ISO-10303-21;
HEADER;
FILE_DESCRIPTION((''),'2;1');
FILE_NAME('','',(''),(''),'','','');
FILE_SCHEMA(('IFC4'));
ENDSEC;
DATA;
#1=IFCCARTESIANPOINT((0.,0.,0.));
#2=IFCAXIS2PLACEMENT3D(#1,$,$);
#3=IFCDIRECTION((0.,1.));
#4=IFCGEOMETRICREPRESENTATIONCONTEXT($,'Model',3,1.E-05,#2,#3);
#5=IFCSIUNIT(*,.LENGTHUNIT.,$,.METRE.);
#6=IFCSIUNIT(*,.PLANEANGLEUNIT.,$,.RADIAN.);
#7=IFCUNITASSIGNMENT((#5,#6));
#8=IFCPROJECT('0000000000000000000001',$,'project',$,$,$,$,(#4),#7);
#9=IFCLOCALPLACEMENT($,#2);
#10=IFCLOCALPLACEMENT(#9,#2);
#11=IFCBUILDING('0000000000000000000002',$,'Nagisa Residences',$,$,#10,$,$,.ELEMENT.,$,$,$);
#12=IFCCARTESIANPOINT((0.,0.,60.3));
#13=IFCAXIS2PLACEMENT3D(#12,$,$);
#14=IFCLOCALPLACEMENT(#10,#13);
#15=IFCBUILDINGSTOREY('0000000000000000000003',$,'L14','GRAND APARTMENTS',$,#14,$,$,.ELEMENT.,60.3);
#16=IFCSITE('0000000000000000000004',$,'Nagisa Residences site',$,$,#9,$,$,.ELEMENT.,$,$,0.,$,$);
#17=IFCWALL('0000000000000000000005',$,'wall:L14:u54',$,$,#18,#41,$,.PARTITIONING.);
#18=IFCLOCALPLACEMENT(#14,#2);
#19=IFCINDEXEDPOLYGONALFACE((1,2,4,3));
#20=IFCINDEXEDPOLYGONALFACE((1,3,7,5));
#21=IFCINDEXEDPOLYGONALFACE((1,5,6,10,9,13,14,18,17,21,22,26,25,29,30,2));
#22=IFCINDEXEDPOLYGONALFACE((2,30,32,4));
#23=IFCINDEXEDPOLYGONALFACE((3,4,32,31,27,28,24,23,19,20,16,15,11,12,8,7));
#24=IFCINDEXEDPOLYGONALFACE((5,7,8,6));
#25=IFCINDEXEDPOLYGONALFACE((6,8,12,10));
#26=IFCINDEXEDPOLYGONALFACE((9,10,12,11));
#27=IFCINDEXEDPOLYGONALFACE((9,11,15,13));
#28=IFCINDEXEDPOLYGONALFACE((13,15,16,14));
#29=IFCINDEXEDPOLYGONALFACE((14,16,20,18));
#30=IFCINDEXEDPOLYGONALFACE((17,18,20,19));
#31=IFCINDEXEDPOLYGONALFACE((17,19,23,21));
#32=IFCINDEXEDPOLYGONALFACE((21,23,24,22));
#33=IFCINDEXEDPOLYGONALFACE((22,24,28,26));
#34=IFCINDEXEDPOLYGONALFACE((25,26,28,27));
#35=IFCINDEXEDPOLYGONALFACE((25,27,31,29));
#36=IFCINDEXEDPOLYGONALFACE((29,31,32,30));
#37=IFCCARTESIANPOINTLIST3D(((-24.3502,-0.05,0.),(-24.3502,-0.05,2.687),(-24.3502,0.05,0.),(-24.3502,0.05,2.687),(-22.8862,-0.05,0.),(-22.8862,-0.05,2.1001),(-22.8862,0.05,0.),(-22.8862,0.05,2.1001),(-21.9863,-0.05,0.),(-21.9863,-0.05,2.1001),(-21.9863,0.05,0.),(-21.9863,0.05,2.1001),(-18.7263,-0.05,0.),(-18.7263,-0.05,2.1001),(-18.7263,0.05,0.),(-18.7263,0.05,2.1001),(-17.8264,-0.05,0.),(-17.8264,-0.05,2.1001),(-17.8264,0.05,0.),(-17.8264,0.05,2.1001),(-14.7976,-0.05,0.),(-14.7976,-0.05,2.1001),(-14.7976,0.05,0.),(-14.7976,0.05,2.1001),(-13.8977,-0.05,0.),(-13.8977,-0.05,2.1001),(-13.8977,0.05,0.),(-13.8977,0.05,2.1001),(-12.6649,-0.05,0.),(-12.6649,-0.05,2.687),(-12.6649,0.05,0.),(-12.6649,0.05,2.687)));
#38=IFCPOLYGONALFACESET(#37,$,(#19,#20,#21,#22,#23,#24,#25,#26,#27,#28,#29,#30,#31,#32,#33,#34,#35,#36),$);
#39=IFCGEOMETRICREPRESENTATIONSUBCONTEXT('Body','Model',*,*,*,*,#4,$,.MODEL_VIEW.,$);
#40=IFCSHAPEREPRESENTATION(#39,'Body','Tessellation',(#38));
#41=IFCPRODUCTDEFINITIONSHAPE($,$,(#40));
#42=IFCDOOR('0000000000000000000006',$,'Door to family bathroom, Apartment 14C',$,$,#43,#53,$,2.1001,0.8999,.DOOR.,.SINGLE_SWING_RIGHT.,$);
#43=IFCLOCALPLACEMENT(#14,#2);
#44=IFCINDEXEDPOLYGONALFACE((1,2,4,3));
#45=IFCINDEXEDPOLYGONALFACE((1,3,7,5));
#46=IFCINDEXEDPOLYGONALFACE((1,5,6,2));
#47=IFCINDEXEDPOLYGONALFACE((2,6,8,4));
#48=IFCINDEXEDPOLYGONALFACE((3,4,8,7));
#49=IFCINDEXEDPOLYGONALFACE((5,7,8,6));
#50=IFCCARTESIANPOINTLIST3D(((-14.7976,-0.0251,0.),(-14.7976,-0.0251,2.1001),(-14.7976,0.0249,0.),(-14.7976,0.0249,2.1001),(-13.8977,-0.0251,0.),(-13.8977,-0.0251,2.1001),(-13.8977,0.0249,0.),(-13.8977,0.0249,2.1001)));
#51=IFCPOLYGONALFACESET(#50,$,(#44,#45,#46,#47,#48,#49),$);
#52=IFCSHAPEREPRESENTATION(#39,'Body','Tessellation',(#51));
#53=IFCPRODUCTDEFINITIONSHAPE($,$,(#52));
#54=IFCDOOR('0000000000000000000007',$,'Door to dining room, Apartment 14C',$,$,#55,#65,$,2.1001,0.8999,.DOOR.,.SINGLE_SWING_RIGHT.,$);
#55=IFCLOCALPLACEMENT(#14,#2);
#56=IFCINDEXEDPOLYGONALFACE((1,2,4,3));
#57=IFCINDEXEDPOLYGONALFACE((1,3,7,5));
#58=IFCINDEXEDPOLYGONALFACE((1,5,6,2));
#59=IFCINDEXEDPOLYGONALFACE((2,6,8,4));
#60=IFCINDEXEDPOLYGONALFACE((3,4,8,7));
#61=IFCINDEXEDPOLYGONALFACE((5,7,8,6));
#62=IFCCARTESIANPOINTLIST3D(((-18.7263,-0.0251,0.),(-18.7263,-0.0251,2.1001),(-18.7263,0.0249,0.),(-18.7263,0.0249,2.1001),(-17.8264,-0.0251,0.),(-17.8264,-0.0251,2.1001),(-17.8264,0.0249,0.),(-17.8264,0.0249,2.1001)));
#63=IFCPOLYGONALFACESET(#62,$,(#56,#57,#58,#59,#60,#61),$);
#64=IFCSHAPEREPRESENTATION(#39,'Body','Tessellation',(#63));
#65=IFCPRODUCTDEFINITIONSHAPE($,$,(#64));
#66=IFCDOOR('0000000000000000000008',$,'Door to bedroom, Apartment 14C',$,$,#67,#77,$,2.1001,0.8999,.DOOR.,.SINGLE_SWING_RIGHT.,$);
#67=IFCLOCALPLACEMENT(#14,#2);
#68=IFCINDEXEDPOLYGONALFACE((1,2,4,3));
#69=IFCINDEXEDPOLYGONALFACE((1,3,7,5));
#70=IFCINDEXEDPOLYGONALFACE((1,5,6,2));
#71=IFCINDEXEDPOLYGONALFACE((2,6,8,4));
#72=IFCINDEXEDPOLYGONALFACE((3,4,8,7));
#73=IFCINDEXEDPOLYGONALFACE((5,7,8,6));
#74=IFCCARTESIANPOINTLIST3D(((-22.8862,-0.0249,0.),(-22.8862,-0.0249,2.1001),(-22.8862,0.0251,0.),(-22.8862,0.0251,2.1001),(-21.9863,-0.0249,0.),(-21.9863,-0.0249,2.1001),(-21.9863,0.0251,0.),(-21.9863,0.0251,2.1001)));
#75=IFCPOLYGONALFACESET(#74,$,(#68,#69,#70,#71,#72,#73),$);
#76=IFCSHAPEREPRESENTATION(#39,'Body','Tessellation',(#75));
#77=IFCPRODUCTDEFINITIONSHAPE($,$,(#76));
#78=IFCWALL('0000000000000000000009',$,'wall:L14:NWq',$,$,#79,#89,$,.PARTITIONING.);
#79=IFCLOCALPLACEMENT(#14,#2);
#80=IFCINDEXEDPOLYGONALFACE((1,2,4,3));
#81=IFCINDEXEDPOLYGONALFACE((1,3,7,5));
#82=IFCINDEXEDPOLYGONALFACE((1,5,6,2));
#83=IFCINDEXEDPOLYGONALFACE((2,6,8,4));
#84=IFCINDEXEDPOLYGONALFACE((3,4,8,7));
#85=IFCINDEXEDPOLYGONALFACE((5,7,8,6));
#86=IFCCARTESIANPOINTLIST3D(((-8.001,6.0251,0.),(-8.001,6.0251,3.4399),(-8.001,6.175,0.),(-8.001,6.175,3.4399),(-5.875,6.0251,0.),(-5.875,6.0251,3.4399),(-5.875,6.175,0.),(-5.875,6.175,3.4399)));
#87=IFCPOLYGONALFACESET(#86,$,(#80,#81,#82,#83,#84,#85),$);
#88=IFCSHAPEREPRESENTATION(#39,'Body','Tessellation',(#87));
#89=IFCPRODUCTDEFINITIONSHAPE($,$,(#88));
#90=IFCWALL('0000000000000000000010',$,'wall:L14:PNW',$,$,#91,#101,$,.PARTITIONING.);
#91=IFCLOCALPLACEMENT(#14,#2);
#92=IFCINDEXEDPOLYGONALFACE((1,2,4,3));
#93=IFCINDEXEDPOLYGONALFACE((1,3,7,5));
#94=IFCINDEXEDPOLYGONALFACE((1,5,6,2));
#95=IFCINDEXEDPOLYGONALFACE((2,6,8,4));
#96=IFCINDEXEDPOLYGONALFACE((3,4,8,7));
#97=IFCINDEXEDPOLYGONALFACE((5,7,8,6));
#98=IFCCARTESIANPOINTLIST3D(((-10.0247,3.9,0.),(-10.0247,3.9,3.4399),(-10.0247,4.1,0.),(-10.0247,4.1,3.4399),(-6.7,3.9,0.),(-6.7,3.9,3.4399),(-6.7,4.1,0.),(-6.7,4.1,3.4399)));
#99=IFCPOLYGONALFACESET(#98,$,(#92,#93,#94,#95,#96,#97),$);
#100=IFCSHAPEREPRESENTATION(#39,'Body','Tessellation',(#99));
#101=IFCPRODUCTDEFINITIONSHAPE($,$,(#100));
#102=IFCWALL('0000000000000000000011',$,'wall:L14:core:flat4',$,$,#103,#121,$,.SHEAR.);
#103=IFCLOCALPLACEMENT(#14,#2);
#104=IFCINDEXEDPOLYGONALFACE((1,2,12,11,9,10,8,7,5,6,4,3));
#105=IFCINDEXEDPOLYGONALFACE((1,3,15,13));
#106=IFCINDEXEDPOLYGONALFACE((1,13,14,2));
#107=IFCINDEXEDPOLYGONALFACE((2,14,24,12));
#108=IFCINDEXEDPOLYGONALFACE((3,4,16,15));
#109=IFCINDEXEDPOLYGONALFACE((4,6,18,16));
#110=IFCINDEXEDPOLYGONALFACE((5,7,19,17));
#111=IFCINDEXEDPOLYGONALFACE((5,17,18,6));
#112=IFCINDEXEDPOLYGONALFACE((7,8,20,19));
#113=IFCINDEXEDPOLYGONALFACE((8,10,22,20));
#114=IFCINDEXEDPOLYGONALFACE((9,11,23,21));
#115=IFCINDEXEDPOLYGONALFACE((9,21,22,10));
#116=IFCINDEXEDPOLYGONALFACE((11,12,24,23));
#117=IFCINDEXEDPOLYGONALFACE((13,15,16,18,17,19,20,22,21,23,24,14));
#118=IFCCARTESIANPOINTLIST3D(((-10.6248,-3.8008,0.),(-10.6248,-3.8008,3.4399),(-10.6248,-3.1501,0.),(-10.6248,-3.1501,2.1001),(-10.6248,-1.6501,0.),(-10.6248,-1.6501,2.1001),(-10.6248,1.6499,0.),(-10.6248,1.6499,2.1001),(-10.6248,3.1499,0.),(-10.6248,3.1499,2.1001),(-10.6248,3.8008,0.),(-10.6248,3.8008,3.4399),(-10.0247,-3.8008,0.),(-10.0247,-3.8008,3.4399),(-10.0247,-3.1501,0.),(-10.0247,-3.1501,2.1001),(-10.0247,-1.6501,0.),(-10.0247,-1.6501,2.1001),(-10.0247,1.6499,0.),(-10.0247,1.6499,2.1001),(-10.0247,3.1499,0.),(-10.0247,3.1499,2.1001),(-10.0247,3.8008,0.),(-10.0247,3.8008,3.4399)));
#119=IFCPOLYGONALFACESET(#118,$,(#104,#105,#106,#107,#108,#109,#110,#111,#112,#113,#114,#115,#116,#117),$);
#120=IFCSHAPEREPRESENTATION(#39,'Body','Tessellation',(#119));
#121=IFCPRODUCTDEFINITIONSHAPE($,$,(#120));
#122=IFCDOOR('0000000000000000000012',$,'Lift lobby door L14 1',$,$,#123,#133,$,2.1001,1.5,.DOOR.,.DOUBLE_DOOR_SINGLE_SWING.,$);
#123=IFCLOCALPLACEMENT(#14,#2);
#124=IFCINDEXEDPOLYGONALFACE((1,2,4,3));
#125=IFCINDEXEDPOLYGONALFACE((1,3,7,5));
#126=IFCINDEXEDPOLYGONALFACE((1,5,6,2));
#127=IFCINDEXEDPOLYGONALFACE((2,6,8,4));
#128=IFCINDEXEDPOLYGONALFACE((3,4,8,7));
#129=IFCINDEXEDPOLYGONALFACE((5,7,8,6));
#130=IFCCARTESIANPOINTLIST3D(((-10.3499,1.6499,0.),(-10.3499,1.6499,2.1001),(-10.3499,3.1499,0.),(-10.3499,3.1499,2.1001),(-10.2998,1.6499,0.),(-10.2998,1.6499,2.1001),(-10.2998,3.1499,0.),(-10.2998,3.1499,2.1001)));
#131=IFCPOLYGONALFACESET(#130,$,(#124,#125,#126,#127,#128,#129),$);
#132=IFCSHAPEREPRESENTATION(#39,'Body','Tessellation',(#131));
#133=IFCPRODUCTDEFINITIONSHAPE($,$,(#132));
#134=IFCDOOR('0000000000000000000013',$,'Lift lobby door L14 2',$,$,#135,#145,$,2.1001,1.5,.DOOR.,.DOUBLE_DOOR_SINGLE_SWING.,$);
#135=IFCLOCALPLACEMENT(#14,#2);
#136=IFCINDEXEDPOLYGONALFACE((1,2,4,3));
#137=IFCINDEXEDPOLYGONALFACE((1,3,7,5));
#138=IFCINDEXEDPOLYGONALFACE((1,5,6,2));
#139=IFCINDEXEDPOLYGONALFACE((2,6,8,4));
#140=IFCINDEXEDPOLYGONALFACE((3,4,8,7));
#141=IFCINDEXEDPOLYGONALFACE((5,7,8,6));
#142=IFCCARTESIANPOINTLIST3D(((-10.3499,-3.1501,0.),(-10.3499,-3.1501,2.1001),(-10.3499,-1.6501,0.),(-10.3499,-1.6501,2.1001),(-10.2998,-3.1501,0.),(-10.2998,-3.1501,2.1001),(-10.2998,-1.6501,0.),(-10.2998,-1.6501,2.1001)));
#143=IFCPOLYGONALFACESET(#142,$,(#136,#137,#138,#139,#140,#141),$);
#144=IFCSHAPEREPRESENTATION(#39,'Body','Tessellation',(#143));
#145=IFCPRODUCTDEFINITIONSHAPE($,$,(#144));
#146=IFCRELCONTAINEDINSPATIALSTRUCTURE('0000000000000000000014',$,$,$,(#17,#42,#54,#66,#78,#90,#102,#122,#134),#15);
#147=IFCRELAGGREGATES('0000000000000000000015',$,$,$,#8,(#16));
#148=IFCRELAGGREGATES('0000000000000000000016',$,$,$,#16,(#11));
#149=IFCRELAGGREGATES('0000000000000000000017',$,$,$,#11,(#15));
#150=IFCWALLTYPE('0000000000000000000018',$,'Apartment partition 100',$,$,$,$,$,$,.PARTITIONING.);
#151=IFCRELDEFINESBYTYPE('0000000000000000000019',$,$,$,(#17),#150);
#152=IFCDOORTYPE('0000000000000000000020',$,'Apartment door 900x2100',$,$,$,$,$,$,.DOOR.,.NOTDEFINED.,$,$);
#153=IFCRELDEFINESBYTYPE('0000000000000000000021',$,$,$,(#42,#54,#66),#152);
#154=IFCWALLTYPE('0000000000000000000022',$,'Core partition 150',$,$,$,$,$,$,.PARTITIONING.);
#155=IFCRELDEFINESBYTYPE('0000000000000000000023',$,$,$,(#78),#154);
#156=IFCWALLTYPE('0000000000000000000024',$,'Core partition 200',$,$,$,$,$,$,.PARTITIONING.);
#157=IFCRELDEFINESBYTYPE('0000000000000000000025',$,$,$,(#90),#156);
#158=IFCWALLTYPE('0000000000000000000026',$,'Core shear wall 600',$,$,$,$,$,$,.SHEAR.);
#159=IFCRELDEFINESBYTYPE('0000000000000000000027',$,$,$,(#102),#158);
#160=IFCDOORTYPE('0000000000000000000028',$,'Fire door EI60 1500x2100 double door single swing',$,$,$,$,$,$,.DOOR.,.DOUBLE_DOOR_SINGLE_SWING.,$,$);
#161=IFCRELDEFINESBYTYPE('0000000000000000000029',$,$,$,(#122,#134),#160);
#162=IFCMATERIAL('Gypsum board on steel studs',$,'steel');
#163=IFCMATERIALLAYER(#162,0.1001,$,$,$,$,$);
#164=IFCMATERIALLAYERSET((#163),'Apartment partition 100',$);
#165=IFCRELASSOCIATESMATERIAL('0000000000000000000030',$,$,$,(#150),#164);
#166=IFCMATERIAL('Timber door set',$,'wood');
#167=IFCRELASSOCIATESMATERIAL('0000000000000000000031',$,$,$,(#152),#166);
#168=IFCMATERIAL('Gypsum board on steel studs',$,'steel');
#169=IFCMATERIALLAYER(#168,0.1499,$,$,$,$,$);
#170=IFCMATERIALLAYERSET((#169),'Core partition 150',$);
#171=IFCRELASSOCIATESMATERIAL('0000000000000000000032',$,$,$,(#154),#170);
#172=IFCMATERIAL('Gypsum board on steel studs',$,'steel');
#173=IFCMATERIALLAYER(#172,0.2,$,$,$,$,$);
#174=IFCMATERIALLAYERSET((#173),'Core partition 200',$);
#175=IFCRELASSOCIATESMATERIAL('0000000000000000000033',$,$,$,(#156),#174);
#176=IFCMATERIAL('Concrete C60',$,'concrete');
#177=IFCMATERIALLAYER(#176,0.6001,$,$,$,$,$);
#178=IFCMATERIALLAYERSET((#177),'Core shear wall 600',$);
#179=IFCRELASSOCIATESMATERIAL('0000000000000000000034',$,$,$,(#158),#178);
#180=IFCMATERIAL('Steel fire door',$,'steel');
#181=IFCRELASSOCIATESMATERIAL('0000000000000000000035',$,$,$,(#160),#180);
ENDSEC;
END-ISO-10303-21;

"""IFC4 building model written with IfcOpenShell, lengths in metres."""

from ifc_helpers import new_model, si_unit, direction, frame, frame_2d, origin, place, context, subcontext, project, spatial, rectangle, extrude, material, layer, layer_set, type_object, element, fill, save


model = new_model("IFC4")

# Units and contexts
model_context = context("Model", 3, precision=1e-05, world=origin(), true_north=direction((0.0, 1.0)))
body_context = subcontext(model_context, "Body", "Model", "MODEL_VIEW")
ifc_project = project(units=[si_unit("LENGTHUNIT", "METRE"), si_unit("PLANEANGLEUNIT", "RADIAN")], contexts=[model_context])

# Site, building, storey
site_placement = place(None, origin())
site = spatial("IfcSite", under=ifc_project, at=site_placement, Name="Nagisa Residences site", CompositionType="ELEMENT", RefElevation=0.0)
building_placement = place(site_placement, origin())
building = spatial("IfcBuilding", under=site, at=building_placement, Name="Nagisa Residences", CompositionType="ELEMENT")
storey_placement = place(building_placement, frame((0.0, 0.0, 60.3)))
storey = spatial("IfcBuildingStorey", under=building, at=storey_placement, Name="L14", Description="GRAND APARTMENTS", CompositionType="ELEMENT", Elevation=60.3)

# Shared definitions
ifc_material_1 = material(Name="Gypsum board on steel studs", Category="steel")
ifc_layer_1 = layer(ifc_material_1, 0.1001)
ifc_layer_set_1 = layer_set([ifc_layer_1], Name="Apartment partition 100")
wall_type_1 = type_object("IfcWallType", Name="Apartment partition 100", PredefinedType="PARTITIONING", material=ifc_layer_set_1)
ifc_material_2 = material(Name="Timber door set", Category="wood")
door_type_1 = type_object("IfcDoorType", Name="Apartment door 900x2100", OperationType="NOTDEFINED", PredefinedType="DOOR", material=ifc_material_2)

# Wall, openings, doors
wall_1_placement = place(storey_placement, frame((-12.6648, 0.0, 0.0), z_axis=(0.0, 0.0, 1.0), x_axis=(-1.0, 0.0, 0.0)))
wall_1 = element("IfcWall", 1, at=wall_1_placement, inside=storey, type_object=wall_type_1, Name="wall:L14:u54", PredefinedType="PARTITIONING", context=body_context, shape_type="SweptSolid", body=[
    extrude(rectangle(XDim=11.6853, YDim=0.1001, at=frame_2d((5.8428, 0.0))), origin(), (0.0, 0.0, 1.0), 2.687),
])
opening_1_placement = place(wall_1_placement, frame((1.2329, 0.0, 0.0)))
opening_1 = element("IfcOpeningElement", 2, at=opening_1_placement, cuts=wall_1, PredefinedType="OPENING", context=body_context, shape_type="SweptSolid", body=[
    extrude(rectangle(XDim=0.8999, YDim=2.1001, at=frame_2d((0.45, 1.05))), frame((0.0, 0.0601, 0.0), z_axis=(0.0, -1.0, 0.0), x_axis=(1.0, 0.0, 0.0)), (0.0, 0.0, 1.0), 0.1201),
])
opening_2_placement = place(wall_1_placement, frame((5.1616, 0.0, 0.0)))
opening_2 = element("IfcOpeningElement", 3, at=opening_2_placement, cuts=wall_1, PredefinedType="OPENING", context=body_context, shape_type="SweptSolid", body=[
    extrude(rectangle(XDim=0.8999, YDim=2.1001, at=frame_2d((0.45, 1.05))), frame((0.0, 0.0601, 0.0), z_axis=(0.0, -1.0, 0.0), x_axis=(1.0, 0.0, 0.0)), (0.0, 0.0, 1.0), 0.1201),
])
opening_3_placement = place(wall_1_placement, frame((9.3215, 0.0, 0.0)))
opening_3 = element("IfcOpeningElement", 4, at=opening_3_placement, cuts=wall_1, PredefinedType="OPENING", context=body_context, shape_type="SweptSolid", body=[
    extrude(rectangle(XDim=0.8999, YDim=2.1001, at=frame_2d((0.45, 1.05))), frame((0.0, 0.0601, 0.0), z_axis=(0.0, -1.0, 0.0), x_axis=(1.0, 0.0, 0.0)), (0.0, 0.0, 1.0), 0.1201),
])
door_1_placement = place(opening_1_placement, frame((0.8999, 0.0, 0.0), x_axis=(-1.0, 0.0, 0.0)))
door_1 = element("IfcDoor", 5, at=door_1_placement, inside=storey, type_object=door_type_1, Name="Door to family bathroom, Apartment 14C", OperationType="SINGLE_SWING_RIGHT", OverallHeight=2.1001, OverallWidth=0.8999, PredefinedType="DOOR", context=body_context, shape_type="SweptSolid", body=[
    extrude(rectangle(XDim=0.8999, YDim=2.1001, at=frame_2d((0.45, 1.05))), frame((0.0, 0.0249, 0.0), z_axis=(0.0, -1.0, 0.0), x_axis=(1.0, 0.0, 0.0)), (0.0, 0.0, 1.0), 0.05),
])
fill(opening_1, door_1)
door_2_placement = place(opening_2_placement, frame((0.8999, 0.0, 0.0), x_axis=(-1.0, 0.0, 0.0)))
door_2 = element("IfcDoor", 6, at=door_2_placement, inside=storey, type_object=door_type_1, Name="Door to dining room, Apartment 14C", OperationType="SINGLE_SWING_RIGHT", OverallHeight=2.1001, OverallWidth=0.8999, PredefinedType="DOOR", context=body_context, shape_type="SweptSolid", body=[
    extrude(rectangle(XDim=0.8999, YDim=2.1001, at=frame_2d((0.45, 1.05))), frame((0.0, 0.0249, 0.0), z_axis=(0.0, -1.0, 0.0), x_axis=(1.0, 0.0, 0.0)), (0.0, 0.0, 1.0), 0.05),
])
fill(opening_2, door_2)
door_3_placement = place(opening_3_placement, origin())
door_3 = element("IfcDoor", 7, at=door_3_placement, inside=storey, type_object=door_type_1, Name="Door to bedroom, Apartment 14C", OperationType="SINGLE_SWING_RIGHT", OverallHeight=2.1001, OverallWidth=0.8999, PredefinedType="DOOR", context=body_context, shape_type="SweptSolid", body=[
    extrude(rectangle(XDim=0.8999, YDim=2.1001, at=frame_2d((0.45, 1.05))), frame((0.0, 0.0249, 0.0), z_axis=(0.0, -1.0, 0.0), x_axis=(1.0, 0.0, 0.0)), (0.0, 0.0, 1.0), 0.05),
])
fill(opening_3, door_3)

# Walls
ifc_material_3 = material(Name="Gypsum board on steel studs", Category="steel")
ifc_layer_2 = layer(ifc_material_3, 0.1499)
ifc_layer_set_2 = layer_set([ifc_layer_2], Name="Core partition 150")
wall_type_2 = type_object("IfcWallType", Name="Core partition 150", PredefinedType="PARTITIONING", material=ifc_layer_set_2)
wall_2_placement = place(storey_placement, frame((-8.001, 6.1001, 0.0), z_axis=(0.0, 0.0, 1.0), x_axis=(1.0, 0.0, 0.0)))
element("IfcWall", 8, at=wall_2_placement, inside=storey, type_object=wall_type_2, Name="wall:L14:NWq", PredefinedType="PARTITIONING", context=body_context, shape_type="SweptSolid", body=[
    extrude(rectangle(XDim=2.126, YDim=0.1499, at=frame_2d((1.063, 0.0))), origin(), (0.0, 0.0, 1.0), 3.4399),
])
ifc_material_4 = material(Name="Gypsum board on steel studs", Category="steel")
ifc_layer_3 = layer(ifc_material_4, 0.2)
ifc_layer_set_3 = layer_set([ifc_layer_3], Name="Core partition 200")
wall_type_3 = type_object("IfcWallType", Name="Core partition 200", PredefinedType="PARTITIONING", material=ifc_layer_set_3)
wall_3_placement = place(storey_placement, frame((-10.0247, 4.0, 0.0), z_axis=(0.0, 0.0, 1.0), x_axis=(1.0, 0.0, 0.0)))
element("IfcWall", 9, at=wall_3_placement, inside=storey, type_object=wall_type_3, Name="wall:L14:PNW", PredefinedType="PARTITIONING", context=body_context, shape_type="SweptSolid", body=[
    extrude(rectangle(XDim=3.3247, YDim=0.2, at=frame_2d((1.6624, 0.0))), origin(), (0.0, 0.0, 1.0), 3.4399),
])

# Wall, openings, doors
ifc_material_5 = material(Name="Concrete C60", Category="concrete")
ifc_layer_4 = layer(ifc_material_5, 0.6001)
ifc_layer_set_4 = layer_set([ifc_layer_4], Name="Core shear wall 600")
wall_type_4 = type_object("IfcWallType", Name="Core shear wall 600", PredefinedType="SHEAR", material=ifc_layer_set_4)
wall_4_placement = place(storey_placement, frame((-10.3247, 3.8008, 0.0), z_axis=(0.0, 0.0, 1.0), x_axis=(0.0, -1.0, 0.0)))
wall_4 = element("IfcWall", 10, at=wall_4_placement, inside=storey, type_object=wall_type_4, Name="wall:L14:core:flat4", PredefinedType="SHEAR", context=body_context, shape_type="SweptSolid", body=[
    extrude(rectangle(XDim=7.6016, YDim=0.6001, at=frame_2d((3.8008, 0.0))), origin(), (0.0, 0.0, 1.0), 3.4399),
])
opening_4_placement = place(wall_4_placement, frame((0.6509, 0.0, 0.0)))
opening_4 = element("IfcOpeningElement", 11, at=opening_4_placement, cuts=wall_4, PredefinedType="OPENING", context=body_context, shape_type="SweptSolid", body=[
    extrude(rectangle(XDim=1.5, YDim=2.1001, at=frame_2d((0.75, 1.05))), frame((0.0, 0.3101, 0.0), z_axis=(0.0, -1.0, 0.0), x_axis=(1.0, 0.0, 0.0)), (0.0, 0.0, 1.0), 0.6201),
])
opening_5_placement = place(wall_4_placement, frame((5.4509, 0.0, 0.0)))
opening_5 = element("IfcOpeningElement", 12, at=opening_5_placement, cuts=wall_4, PredefinedType="OPENING", context=body_context, shape_type="SweptSolid", body=[
    extrude(rectangle(XDim=1.5, YDim=2.1001, at=frame_2d((0.75, 1.05))), frame((0.0, 0.3101, 0.0), z_axis=(0.0, -1.0, 0.0), x_axis=(1.0, 0.0, 0.0)), (0.0, 0.0, 1.0), 0.6201),
])
ifc_material_6 = material(Name="Steel fire door", Category="steel")
door_type_2 = type_object("IfcDoorType", Name="Fire door EI60 1500x2100 double door single swing", OperationType="DOUBLE_DOOR_SINGLE_SWING", PredefinedType="DOOR", material=ifc_material_6)
door_4_placement = place(opening_4_placement, origin())
door_4 = element("IfcDoor", 13, at=door_4_placement, inside=storey, type_object=door_type_2, Name="Lift lobby door L14 1", OperationType="DOUBLE_DOOR_SINGLE_SWING", OverallHeight=2.1001, OverallWidth=1.5, PredefinedType="DOOR", context=body_context, shape_type="SweptSolid", body=[
    extrude(rectangle(XDim=1.5, YDim=2.1001, at=frame_2d((0.75, 1.05))), frame((0.0, 0.0249, 0.0), z_axis=(0.0, -1.0, 0.0), x_axis=(1.0, 0.0, 0.0)), (0.0, 0.0, 1.0), 0.05),
])
fill(opening_4, door_4)
door_5_placement = place(opening_5_placement, origin())
door_5 = element("IfcDoor", 14, at=door_5_placement, inside=storey, type_object=door_type_2, Name="Lift lobby door L14 2", OperationType="DOUBLE_DOOR_SINGLE_SWING", OverallHeight=2.1001, OverallWidth=1.5, PredefinedType="DOOR", context=body_context, shape_type="SweptSolid", body=[
    extrude(rectangle(XDim=1.5, YDim=2.1001, at=frame_2d((0.75, 1.05))), frame((0.0, 0.0249, 0.0), z_axis=(0.0, -1.0, 0.0), x_axis=(1.0, 0.0, 0.0)), (0.0, 0.0, 1.0), 0.05),
])
fill(opening_5, door_5)

save(model, "model.ifc")
